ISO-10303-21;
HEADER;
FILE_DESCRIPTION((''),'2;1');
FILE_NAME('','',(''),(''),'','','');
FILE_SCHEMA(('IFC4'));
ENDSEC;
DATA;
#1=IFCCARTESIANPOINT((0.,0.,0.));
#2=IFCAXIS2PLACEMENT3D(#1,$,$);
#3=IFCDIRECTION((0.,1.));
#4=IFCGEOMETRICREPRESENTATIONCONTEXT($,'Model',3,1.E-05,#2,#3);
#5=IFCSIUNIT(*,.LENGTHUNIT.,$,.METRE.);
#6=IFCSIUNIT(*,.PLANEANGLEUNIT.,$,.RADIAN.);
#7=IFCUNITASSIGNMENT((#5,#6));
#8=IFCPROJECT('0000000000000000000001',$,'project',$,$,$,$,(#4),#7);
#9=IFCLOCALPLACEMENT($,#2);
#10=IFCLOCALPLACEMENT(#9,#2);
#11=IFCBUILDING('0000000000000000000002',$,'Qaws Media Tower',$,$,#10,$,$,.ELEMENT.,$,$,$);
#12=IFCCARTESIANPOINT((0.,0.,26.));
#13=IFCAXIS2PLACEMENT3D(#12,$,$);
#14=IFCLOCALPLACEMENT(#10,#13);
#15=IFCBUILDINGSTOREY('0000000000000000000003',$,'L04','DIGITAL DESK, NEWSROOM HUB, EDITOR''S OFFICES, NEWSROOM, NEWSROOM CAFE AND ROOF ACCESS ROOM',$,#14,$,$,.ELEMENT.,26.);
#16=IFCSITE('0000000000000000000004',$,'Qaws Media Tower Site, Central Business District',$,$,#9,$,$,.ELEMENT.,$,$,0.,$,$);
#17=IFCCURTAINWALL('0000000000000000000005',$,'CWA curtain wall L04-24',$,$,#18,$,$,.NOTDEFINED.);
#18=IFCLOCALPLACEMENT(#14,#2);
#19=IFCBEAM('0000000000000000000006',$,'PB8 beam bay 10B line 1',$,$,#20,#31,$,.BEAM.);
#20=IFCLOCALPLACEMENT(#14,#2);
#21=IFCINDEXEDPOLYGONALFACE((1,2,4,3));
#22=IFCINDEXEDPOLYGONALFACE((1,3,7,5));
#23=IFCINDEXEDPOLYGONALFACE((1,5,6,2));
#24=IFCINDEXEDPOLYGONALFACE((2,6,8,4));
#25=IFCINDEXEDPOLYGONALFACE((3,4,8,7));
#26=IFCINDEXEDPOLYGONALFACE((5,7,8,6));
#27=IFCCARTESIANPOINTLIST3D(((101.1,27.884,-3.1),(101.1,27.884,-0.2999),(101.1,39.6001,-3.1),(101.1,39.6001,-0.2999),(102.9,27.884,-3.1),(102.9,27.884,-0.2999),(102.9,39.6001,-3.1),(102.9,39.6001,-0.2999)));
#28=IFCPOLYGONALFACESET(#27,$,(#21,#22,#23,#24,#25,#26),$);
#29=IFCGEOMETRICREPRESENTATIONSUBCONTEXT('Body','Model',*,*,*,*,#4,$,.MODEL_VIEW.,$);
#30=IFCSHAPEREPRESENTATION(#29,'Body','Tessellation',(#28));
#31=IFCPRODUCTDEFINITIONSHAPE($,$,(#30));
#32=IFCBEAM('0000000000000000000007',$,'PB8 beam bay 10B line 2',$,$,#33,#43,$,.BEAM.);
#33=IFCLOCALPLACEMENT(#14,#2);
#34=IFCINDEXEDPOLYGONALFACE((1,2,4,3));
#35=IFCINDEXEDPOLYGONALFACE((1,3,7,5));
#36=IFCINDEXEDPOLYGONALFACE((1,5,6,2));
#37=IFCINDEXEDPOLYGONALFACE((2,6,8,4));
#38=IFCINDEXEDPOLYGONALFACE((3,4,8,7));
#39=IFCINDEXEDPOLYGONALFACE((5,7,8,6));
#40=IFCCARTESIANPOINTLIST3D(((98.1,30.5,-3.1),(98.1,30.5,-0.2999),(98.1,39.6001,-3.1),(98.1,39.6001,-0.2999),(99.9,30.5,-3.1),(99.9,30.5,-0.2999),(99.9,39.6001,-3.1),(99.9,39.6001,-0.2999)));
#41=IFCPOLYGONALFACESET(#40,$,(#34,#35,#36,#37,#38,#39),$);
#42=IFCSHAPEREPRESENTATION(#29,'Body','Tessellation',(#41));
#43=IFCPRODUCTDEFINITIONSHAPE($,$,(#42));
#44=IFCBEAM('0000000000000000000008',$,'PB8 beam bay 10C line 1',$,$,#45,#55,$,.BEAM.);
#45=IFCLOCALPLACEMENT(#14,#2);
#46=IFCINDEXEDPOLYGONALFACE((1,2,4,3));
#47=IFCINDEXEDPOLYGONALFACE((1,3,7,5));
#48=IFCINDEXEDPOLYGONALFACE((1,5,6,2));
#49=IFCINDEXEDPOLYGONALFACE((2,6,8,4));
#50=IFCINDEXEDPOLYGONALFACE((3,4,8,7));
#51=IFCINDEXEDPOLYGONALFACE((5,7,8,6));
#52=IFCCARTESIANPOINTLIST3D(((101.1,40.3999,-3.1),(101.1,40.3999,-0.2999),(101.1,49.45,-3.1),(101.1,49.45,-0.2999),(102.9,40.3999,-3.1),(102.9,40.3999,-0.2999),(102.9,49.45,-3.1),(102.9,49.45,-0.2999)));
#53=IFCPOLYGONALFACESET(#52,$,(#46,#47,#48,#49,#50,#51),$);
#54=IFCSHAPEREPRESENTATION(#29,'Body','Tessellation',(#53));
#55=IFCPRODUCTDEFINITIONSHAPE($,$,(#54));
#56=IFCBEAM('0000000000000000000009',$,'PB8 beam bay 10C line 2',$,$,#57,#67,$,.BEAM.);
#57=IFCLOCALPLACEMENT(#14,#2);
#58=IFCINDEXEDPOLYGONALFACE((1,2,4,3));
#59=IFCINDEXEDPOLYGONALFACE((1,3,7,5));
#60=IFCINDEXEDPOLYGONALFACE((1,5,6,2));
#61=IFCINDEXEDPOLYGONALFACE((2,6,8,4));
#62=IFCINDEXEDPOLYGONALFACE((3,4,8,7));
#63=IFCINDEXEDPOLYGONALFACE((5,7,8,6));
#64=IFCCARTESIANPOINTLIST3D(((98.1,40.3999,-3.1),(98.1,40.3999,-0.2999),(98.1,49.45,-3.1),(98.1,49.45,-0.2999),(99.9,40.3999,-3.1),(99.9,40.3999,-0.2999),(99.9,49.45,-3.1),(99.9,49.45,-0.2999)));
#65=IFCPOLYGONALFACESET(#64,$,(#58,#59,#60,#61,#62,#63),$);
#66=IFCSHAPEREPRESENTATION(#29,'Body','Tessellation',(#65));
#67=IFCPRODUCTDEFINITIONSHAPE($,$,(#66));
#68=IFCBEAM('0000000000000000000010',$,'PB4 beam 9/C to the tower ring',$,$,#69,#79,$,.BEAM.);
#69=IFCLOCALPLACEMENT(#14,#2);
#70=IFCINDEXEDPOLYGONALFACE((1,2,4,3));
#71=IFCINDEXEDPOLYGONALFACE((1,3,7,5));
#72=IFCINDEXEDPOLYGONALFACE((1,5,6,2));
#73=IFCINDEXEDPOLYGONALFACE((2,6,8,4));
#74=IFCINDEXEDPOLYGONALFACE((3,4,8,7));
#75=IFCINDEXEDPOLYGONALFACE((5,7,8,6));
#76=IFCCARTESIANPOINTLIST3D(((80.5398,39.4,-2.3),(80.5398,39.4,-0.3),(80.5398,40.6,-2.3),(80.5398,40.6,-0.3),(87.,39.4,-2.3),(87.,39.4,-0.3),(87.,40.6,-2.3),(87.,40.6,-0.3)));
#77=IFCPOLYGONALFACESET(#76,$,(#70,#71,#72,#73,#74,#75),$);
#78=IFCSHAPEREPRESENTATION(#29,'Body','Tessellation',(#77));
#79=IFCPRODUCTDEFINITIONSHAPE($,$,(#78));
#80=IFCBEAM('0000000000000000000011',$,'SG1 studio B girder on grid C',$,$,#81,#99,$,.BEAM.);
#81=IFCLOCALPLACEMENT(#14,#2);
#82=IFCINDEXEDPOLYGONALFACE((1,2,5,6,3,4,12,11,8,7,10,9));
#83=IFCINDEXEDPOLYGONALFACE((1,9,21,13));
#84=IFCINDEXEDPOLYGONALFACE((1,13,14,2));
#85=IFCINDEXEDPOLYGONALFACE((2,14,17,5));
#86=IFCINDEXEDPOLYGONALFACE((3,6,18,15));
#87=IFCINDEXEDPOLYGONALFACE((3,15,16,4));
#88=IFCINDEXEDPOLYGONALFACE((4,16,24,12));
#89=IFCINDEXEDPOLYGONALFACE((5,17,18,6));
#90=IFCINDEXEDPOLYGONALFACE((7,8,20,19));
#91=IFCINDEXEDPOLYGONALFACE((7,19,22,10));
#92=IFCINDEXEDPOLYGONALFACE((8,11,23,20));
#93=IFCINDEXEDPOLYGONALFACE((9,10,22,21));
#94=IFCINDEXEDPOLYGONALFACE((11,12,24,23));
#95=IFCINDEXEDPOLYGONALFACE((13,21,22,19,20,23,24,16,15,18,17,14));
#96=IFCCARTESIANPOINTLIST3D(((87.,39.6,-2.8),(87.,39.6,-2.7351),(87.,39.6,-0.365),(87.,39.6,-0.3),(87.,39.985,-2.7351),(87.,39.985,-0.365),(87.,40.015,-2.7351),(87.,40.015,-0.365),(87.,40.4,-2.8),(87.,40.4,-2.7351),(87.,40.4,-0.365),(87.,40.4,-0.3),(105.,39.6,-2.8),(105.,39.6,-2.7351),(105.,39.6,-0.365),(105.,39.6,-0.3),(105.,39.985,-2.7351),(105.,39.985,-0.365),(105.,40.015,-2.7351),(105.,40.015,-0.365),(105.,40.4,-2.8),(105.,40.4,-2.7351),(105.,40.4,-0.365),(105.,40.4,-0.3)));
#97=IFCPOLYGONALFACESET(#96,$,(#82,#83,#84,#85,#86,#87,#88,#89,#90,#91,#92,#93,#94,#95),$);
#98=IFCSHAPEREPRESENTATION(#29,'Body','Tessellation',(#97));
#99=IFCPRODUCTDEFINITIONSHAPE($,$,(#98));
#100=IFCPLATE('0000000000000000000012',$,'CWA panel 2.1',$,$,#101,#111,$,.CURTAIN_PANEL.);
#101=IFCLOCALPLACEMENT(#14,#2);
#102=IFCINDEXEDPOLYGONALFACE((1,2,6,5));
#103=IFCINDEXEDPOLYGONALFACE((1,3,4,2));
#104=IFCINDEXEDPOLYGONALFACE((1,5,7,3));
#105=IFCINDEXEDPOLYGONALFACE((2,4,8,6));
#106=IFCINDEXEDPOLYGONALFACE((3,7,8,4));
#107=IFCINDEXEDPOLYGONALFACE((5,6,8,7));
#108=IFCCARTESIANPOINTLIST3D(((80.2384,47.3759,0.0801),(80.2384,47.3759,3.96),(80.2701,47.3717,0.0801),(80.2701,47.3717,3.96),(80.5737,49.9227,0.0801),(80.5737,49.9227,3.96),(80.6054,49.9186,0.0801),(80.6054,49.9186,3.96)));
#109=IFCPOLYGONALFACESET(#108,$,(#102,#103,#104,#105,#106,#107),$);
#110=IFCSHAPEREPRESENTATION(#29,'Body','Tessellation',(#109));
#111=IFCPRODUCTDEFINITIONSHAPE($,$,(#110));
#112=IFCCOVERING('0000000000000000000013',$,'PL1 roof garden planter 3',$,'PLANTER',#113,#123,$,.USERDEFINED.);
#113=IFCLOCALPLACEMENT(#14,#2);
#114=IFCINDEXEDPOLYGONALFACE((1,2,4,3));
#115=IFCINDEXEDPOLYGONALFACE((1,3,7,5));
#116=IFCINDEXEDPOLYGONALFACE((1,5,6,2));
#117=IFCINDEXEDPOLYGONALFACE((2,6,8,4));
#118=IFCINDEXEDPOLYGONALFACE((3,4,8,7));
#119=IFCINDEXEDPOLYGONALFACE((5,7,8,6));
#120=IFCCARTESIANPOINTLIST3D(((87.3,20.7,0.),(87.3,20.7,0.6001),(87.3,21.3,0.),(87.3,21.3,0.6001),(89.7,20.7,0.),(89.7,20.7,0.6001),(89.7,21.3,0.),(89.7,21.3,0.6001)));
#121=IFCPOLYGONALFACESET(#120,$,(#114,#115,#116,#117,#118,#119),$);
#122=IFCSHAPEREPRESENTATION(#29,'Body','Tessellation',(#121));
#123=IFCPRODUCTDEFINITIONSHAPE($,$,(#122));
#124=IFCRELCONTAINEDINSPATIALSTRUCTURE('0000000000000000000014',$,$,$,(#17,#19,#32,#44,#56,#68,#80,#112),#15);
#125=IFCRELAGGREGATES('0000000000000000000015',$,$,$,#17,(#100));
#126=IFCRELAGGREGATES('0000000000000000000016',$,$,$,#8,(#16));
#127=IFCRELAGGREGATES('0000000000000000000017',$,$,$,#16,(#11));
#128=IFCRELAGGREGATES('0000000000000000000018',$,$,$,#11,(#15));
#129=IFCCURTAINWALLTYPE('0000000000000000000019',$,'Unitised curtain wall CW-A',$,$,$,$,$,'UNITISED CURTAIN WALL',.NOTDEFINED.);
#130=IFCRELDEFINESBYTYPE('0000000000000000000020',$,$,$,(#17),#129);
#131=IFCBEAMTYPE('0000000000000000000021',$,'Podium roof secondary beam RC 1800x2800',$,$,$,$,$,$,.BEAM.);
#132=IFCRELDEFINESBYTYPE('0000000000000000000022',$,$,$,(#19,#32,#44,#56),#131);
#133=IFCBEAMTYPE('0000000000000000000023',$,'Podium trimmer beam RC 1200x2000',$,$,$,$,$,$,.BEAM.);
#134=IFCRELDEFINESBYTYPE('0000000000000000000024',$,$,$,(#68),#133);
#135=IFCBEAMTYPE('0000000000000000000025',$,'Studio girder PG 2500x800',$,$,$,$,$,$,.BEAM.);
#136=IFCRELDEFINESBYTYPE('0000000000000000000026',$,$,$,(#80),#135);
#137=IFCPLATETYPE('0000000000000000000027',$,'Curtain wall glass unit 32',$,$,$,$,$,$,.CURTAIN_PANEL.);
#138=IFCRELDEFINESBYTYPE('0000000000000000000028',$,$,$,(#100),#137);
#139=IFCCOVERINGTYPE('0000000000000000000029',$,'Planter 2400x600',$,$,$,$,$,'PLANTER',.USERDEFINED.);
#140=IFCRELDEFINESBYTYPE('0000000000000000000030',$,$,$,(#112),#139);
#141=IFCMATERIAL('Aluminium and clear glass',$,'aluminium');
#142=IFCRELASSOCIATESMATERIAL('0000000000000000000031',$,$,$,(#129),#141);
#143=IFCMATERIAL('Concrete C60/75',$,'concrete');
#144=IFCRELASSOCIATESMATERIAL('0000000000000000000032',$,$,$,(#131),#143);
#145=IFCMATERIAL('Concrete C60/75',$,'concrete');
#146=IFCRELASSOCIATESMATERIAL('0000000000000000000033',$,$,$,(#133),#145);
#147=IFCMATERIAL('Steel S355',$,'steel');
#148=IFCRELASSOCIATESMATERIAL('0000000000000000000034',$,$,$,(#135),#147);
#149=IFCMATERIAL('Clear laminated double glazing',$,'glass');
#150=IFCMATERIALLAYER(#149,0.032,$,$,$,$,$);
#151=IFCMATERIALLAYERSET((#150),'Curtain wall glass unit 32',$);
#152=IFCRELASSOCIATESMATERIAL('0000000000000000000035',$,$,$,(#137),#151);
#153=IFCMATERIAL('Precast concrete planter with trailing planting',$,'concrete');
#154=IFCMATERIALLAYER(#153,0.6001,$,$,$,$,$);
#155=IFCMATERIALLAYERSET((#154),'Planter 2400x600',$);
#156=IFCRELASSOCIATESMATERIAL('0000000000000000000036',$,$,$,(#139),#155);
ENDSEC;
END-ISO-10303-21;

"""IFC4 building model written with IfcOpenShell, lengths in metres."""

from ifc_helpers import new_model, si_unit, direction, frame, origin, origin_2d, place, context, subcontext, project, spatial, rectangle, i_section, extrude, material, layer, layer_set, material_profile, profile_set, type_object, element, aggregate, save


model = new_model("IFC4")

# Units and contexts
model_context = context("Model", 3, precision=1e-05, world=origin(), true_north=direction((0.0, 1.0)))
body_context = subcontext(model_context, "Body", "Model", "MODEL_VIEW")
ifc_project = project(units=[si_unit("LENGTHUNIT", "METRE"), si_unit("PLANEANGLEUNIT", "RADIAN")], contexts=[model_context])

# Site, building, storey
site_placement = place(None, origin())
site = spatial("IfcSite", under=ifc_project, at=site_placement, Name="Qaws Media Tower Site, Central Business District", CompositionType="ELEMENT", RefElevation=0.0)
building_placement = place(site_placement, origin())
building = spatial("IfcBuilding", under=site, at=building_placement, Name="Qaws Media Tower", CompositionType="ELEMENT")
storey_placement = place(building_placement, frame((0.0, 0.0, 26.0)))
storey = spatial("IfcBuildingStorey", under=building, at=storey_placement, Name="L04", Description="DIGITAL DESK, NEWSROOM HUB, EDITOR'S OFFICES, NEWSROOM, NEWSROOM CAFE AND ROOF ACCESS ROOM", CompositionType="ELEMENT", Elevation=26.0)

# Curtain wall
ifc_material_1 = material(Name="Aluminium and clear glass", Category="aluminium")
curtain_wall_type = type_object("IfcCurtainWallType", Name="Unitised curtain wall CW-A", ElementType="UNITISED CURTAIN WALL", PredefinedType="NOTDEFINED", material=ifc_material_1)
curtain_wall_placement = place(storey_placement, origin())
curtain_wall = element("IfcCurtainWall", 1, at=curtain_wall_placement, inside=storey, type_object=curtain_wall_type, Name="CWA curtain wall L04-24", PredefinedType="NOTDEFINED")

# Beams
ifc_material_2 = material(Name="Concrete C60/75", Category="concrete")
ifc_material_profile_1 = material_profile(ifc_material_2, rectangle(XDim=1.8, YDim=2.8, at=origin_2d()), Name="RC 1800x2800")
ifc_profile_set_1 = profile_set([ifc_material_profile_1], Name="Concrete C60/75")
beam_type_1 = type_object("IfcBeamType", Name="Podium roof secondary beam RC 1800x2800", PredefinedType="BEAM", material=ifc_profile_set_1)
beam_1_placement = place(storey_placement, frame((102.0, 27.884, -1.7), z_axis=(0.0, 1.0, 0.0), x_axis=(-1.0, 0.0, 0.0)))
element("IfcBeam", 2, at=beam_1_placement, inside=storey, type_object=beam_type_1, Name="PB8 beam bay 10B line 1", PredefinedType="BEAM", context=body_context, shape_type="SweptSolid", body=[
    extrude(rectangle(XDim=1.8, YDim=2.8, at=origin_2d()), origin(), (0.0, 0.0, 1.0), 11.7161),
])
beam_2_placement = place(storey_placement, frame((99.0, 30.5, -1.7), z_axis=(0.0, 1.0, 0.0), x_axis=(-1.0, 0.0, 0.0)))
element("IfcBeam", 3, at=beam_2_placement, inside=storey, type_object=beam_type_1, Name="PB8 beam bay 10B line 2", PredefinedType="BEAM", context=body_context, shape_type="SweptSolid", body=[
    extrude(rectangle(XDim=1.8, YDim=2.8, at=origin_2d()), origin(), (0.0, 0.0, 1.0), 9.1001),
])
for number, where, z_axis, x_axis, name in (
    (4, (102.0, 40.3999, -1.7), (0.0, 1.0, 0.0), (-1.0, 0.0, 0.0), "PB8 beam bay 10C line 1"),
    (5, (99.0, 40.3999, -1.7), (0.0, 1.0, 0.0), (-1.0, 0.0, 0.0), "PB8 beam bay 10C line 2"),
):
    element("IfcBeam", number, at=place(storey_placement, frame(where, z_axis=z_axis, x_axis=x_axis)), inside=storey, type_object=beam_type_1, Name=name, PredefinedType="BEAM", context=body_context, shape_type="SweptSolid", body=[
        extrude(rectangle(XDim=1.8, YDim=2.8, at=origin_2d()), origin(), (0.0, 0.0, 1.0), 9.05),
    ])
ifc_material_3 = material(Name="Concrete C60/75", Category="concrete")
ifc_material_profile_2 = material_profile(ifc_material_3, rectangle(XDim=1.2, YDim=2.0, at=origin_2d()), Name="RC 1200x2000")
ifc_profile_set_2 = profile_set([ifc_material_profile_2], Name="Concrete C60/75")
beam_type_2 = type_object("IfcBeamType", Name="Podium trimmer beam RC 1200x2000", PredefinedType="BEAM", material=ifc_profile_set_2)
beam_3_placement = place(storey_placement, frame((87.0, 40.0, -1.3), z_axis=(-1.0, 0.0, 0.0), x_axis=(0.0, -1.0, 0.0)))
element("IfcBeam", 6, at=beam_3_placement, inside=storey, type_object=beam_type_2, Name="PB4 beam 9/C to the tower ring", PredefinedType="BEAM", context=body_context, shape_type="SweptSolid", body=[
    extrude(rectangle(XDim=1.2, YDim=2.0, at=origin_2d()), origin(), (0.0, 0.0, 1.0), 6.4602),
])
ifc_material_4 = material(Name="Steel S355", Category="steel")
ifc_material_profile_3 = material_profile(ifc_material_4, i_section(OverallWidth=0.8, OverallDepth=2.5, WebThickness=0.03, FlangeThickness=0.0649, at=origin_2d()), Name="PG 2500x800")
ifc_profile_set_3 = profile_set([ifc_material_profile_3], Name="Steel S355")
beam_type_3 = type_object("IfcBeamType", Name="Studio girder PG 2500x800", PredefinedType="BEAM", material=ifc_profile_set_3)
beam_4_placement = place(storey_placement, frame((87.0, 40.0, -1.55), z_axis=(1.0, 0.0, 0.0), x_axis=(0.0, 1.0, 0.0)))
element("IfcBeam", 7, at=beam_4_placement, inside=storey, type_object=beam_type_3, Name="SG1 studio B girder on grid C", PredefinedType="BEAM", context=body_context, shape_type="SweptSolid", body=[
    extrude(i_section(OverallWidth=0.8, OverallDepth=2.5, WebThickness=0.03, FlangeThickness=0.0649, at=origin_2d()), origin(), (0.0, 0.0, 1.0), 18.0),
])

# Plate
ifc_material_5 = material(Name="Clear laminated double glazing", Category="glass")
ifc_layer_1 = layer(ifc_material_5, 0.032)
ifc_layer_set_1 = layer_set([ifc_layer_1], Name="Curtain wall glass unit 32")
plate_type = type_object("IfcPlateType", Name="Curtain wall glass unit 32", PredefinedType="CURTAIN_PANEL", material=ifc_layer_set_1)
plate_placement = place(storey_placement, frame((80.4219, 48.6472, 0.0801), z_axis=(0.0, 0.0, 1.0), x_axis=(0.130526, 0.991445, 0.0)))
plate = element("IfcPlate", 8, at=plate_placement, type_object=plate_type, Name="CWA panel 2.1", PredefinedType="CURTAIN_PANEL", context=body_context, shape_type="SweptSolid", body=[
    extrude(rectangle(XDim=2.5688, YDim=0.032, at=origin_2d()), origin(), (0.0, 0.0, 1.0), 3.8799),
])
aggregate(curtain_wall, [plate])

# Covering
ifc_material_6 = material(Name="Precast concrete planter with trailing planting", Category="concrete")
ifc_layer_2 = layer(ifc_material_6, 0.6001)
ifc_layer_set_2 = layer_set([ifc_layer_2], Name="Planter 2400x600")
covering_type = type_object("IfcCoveringType", Name="Planter 2400x600", ElementType="PLANTER", PredefinedType="USERDEFINED", material=ifc_layer_set_2)
covering_placement = place(storey_placement, frame((88.5, 21.0, 0.0), z_axis=(0.0, 0.0, 1.0), x_axis=(1.0, 0.0, 0.0)))
element("IfcCovering", 9, at=covering_placement, inside=storey, type_object=covering_type, Name="PL1 roof garden planter 3", ObjectType="PLANTER", PredefinedType="USERDEFINED", context=body_context, shape_type="SweptSolid", body=[
    extrude(rectangle(XDim=2.3999, YDim=0.6001, at=origin_2d()), origin(), (0.0, 0.0, 1.0), 0.6001),
])

save(model, "model.ifc")
